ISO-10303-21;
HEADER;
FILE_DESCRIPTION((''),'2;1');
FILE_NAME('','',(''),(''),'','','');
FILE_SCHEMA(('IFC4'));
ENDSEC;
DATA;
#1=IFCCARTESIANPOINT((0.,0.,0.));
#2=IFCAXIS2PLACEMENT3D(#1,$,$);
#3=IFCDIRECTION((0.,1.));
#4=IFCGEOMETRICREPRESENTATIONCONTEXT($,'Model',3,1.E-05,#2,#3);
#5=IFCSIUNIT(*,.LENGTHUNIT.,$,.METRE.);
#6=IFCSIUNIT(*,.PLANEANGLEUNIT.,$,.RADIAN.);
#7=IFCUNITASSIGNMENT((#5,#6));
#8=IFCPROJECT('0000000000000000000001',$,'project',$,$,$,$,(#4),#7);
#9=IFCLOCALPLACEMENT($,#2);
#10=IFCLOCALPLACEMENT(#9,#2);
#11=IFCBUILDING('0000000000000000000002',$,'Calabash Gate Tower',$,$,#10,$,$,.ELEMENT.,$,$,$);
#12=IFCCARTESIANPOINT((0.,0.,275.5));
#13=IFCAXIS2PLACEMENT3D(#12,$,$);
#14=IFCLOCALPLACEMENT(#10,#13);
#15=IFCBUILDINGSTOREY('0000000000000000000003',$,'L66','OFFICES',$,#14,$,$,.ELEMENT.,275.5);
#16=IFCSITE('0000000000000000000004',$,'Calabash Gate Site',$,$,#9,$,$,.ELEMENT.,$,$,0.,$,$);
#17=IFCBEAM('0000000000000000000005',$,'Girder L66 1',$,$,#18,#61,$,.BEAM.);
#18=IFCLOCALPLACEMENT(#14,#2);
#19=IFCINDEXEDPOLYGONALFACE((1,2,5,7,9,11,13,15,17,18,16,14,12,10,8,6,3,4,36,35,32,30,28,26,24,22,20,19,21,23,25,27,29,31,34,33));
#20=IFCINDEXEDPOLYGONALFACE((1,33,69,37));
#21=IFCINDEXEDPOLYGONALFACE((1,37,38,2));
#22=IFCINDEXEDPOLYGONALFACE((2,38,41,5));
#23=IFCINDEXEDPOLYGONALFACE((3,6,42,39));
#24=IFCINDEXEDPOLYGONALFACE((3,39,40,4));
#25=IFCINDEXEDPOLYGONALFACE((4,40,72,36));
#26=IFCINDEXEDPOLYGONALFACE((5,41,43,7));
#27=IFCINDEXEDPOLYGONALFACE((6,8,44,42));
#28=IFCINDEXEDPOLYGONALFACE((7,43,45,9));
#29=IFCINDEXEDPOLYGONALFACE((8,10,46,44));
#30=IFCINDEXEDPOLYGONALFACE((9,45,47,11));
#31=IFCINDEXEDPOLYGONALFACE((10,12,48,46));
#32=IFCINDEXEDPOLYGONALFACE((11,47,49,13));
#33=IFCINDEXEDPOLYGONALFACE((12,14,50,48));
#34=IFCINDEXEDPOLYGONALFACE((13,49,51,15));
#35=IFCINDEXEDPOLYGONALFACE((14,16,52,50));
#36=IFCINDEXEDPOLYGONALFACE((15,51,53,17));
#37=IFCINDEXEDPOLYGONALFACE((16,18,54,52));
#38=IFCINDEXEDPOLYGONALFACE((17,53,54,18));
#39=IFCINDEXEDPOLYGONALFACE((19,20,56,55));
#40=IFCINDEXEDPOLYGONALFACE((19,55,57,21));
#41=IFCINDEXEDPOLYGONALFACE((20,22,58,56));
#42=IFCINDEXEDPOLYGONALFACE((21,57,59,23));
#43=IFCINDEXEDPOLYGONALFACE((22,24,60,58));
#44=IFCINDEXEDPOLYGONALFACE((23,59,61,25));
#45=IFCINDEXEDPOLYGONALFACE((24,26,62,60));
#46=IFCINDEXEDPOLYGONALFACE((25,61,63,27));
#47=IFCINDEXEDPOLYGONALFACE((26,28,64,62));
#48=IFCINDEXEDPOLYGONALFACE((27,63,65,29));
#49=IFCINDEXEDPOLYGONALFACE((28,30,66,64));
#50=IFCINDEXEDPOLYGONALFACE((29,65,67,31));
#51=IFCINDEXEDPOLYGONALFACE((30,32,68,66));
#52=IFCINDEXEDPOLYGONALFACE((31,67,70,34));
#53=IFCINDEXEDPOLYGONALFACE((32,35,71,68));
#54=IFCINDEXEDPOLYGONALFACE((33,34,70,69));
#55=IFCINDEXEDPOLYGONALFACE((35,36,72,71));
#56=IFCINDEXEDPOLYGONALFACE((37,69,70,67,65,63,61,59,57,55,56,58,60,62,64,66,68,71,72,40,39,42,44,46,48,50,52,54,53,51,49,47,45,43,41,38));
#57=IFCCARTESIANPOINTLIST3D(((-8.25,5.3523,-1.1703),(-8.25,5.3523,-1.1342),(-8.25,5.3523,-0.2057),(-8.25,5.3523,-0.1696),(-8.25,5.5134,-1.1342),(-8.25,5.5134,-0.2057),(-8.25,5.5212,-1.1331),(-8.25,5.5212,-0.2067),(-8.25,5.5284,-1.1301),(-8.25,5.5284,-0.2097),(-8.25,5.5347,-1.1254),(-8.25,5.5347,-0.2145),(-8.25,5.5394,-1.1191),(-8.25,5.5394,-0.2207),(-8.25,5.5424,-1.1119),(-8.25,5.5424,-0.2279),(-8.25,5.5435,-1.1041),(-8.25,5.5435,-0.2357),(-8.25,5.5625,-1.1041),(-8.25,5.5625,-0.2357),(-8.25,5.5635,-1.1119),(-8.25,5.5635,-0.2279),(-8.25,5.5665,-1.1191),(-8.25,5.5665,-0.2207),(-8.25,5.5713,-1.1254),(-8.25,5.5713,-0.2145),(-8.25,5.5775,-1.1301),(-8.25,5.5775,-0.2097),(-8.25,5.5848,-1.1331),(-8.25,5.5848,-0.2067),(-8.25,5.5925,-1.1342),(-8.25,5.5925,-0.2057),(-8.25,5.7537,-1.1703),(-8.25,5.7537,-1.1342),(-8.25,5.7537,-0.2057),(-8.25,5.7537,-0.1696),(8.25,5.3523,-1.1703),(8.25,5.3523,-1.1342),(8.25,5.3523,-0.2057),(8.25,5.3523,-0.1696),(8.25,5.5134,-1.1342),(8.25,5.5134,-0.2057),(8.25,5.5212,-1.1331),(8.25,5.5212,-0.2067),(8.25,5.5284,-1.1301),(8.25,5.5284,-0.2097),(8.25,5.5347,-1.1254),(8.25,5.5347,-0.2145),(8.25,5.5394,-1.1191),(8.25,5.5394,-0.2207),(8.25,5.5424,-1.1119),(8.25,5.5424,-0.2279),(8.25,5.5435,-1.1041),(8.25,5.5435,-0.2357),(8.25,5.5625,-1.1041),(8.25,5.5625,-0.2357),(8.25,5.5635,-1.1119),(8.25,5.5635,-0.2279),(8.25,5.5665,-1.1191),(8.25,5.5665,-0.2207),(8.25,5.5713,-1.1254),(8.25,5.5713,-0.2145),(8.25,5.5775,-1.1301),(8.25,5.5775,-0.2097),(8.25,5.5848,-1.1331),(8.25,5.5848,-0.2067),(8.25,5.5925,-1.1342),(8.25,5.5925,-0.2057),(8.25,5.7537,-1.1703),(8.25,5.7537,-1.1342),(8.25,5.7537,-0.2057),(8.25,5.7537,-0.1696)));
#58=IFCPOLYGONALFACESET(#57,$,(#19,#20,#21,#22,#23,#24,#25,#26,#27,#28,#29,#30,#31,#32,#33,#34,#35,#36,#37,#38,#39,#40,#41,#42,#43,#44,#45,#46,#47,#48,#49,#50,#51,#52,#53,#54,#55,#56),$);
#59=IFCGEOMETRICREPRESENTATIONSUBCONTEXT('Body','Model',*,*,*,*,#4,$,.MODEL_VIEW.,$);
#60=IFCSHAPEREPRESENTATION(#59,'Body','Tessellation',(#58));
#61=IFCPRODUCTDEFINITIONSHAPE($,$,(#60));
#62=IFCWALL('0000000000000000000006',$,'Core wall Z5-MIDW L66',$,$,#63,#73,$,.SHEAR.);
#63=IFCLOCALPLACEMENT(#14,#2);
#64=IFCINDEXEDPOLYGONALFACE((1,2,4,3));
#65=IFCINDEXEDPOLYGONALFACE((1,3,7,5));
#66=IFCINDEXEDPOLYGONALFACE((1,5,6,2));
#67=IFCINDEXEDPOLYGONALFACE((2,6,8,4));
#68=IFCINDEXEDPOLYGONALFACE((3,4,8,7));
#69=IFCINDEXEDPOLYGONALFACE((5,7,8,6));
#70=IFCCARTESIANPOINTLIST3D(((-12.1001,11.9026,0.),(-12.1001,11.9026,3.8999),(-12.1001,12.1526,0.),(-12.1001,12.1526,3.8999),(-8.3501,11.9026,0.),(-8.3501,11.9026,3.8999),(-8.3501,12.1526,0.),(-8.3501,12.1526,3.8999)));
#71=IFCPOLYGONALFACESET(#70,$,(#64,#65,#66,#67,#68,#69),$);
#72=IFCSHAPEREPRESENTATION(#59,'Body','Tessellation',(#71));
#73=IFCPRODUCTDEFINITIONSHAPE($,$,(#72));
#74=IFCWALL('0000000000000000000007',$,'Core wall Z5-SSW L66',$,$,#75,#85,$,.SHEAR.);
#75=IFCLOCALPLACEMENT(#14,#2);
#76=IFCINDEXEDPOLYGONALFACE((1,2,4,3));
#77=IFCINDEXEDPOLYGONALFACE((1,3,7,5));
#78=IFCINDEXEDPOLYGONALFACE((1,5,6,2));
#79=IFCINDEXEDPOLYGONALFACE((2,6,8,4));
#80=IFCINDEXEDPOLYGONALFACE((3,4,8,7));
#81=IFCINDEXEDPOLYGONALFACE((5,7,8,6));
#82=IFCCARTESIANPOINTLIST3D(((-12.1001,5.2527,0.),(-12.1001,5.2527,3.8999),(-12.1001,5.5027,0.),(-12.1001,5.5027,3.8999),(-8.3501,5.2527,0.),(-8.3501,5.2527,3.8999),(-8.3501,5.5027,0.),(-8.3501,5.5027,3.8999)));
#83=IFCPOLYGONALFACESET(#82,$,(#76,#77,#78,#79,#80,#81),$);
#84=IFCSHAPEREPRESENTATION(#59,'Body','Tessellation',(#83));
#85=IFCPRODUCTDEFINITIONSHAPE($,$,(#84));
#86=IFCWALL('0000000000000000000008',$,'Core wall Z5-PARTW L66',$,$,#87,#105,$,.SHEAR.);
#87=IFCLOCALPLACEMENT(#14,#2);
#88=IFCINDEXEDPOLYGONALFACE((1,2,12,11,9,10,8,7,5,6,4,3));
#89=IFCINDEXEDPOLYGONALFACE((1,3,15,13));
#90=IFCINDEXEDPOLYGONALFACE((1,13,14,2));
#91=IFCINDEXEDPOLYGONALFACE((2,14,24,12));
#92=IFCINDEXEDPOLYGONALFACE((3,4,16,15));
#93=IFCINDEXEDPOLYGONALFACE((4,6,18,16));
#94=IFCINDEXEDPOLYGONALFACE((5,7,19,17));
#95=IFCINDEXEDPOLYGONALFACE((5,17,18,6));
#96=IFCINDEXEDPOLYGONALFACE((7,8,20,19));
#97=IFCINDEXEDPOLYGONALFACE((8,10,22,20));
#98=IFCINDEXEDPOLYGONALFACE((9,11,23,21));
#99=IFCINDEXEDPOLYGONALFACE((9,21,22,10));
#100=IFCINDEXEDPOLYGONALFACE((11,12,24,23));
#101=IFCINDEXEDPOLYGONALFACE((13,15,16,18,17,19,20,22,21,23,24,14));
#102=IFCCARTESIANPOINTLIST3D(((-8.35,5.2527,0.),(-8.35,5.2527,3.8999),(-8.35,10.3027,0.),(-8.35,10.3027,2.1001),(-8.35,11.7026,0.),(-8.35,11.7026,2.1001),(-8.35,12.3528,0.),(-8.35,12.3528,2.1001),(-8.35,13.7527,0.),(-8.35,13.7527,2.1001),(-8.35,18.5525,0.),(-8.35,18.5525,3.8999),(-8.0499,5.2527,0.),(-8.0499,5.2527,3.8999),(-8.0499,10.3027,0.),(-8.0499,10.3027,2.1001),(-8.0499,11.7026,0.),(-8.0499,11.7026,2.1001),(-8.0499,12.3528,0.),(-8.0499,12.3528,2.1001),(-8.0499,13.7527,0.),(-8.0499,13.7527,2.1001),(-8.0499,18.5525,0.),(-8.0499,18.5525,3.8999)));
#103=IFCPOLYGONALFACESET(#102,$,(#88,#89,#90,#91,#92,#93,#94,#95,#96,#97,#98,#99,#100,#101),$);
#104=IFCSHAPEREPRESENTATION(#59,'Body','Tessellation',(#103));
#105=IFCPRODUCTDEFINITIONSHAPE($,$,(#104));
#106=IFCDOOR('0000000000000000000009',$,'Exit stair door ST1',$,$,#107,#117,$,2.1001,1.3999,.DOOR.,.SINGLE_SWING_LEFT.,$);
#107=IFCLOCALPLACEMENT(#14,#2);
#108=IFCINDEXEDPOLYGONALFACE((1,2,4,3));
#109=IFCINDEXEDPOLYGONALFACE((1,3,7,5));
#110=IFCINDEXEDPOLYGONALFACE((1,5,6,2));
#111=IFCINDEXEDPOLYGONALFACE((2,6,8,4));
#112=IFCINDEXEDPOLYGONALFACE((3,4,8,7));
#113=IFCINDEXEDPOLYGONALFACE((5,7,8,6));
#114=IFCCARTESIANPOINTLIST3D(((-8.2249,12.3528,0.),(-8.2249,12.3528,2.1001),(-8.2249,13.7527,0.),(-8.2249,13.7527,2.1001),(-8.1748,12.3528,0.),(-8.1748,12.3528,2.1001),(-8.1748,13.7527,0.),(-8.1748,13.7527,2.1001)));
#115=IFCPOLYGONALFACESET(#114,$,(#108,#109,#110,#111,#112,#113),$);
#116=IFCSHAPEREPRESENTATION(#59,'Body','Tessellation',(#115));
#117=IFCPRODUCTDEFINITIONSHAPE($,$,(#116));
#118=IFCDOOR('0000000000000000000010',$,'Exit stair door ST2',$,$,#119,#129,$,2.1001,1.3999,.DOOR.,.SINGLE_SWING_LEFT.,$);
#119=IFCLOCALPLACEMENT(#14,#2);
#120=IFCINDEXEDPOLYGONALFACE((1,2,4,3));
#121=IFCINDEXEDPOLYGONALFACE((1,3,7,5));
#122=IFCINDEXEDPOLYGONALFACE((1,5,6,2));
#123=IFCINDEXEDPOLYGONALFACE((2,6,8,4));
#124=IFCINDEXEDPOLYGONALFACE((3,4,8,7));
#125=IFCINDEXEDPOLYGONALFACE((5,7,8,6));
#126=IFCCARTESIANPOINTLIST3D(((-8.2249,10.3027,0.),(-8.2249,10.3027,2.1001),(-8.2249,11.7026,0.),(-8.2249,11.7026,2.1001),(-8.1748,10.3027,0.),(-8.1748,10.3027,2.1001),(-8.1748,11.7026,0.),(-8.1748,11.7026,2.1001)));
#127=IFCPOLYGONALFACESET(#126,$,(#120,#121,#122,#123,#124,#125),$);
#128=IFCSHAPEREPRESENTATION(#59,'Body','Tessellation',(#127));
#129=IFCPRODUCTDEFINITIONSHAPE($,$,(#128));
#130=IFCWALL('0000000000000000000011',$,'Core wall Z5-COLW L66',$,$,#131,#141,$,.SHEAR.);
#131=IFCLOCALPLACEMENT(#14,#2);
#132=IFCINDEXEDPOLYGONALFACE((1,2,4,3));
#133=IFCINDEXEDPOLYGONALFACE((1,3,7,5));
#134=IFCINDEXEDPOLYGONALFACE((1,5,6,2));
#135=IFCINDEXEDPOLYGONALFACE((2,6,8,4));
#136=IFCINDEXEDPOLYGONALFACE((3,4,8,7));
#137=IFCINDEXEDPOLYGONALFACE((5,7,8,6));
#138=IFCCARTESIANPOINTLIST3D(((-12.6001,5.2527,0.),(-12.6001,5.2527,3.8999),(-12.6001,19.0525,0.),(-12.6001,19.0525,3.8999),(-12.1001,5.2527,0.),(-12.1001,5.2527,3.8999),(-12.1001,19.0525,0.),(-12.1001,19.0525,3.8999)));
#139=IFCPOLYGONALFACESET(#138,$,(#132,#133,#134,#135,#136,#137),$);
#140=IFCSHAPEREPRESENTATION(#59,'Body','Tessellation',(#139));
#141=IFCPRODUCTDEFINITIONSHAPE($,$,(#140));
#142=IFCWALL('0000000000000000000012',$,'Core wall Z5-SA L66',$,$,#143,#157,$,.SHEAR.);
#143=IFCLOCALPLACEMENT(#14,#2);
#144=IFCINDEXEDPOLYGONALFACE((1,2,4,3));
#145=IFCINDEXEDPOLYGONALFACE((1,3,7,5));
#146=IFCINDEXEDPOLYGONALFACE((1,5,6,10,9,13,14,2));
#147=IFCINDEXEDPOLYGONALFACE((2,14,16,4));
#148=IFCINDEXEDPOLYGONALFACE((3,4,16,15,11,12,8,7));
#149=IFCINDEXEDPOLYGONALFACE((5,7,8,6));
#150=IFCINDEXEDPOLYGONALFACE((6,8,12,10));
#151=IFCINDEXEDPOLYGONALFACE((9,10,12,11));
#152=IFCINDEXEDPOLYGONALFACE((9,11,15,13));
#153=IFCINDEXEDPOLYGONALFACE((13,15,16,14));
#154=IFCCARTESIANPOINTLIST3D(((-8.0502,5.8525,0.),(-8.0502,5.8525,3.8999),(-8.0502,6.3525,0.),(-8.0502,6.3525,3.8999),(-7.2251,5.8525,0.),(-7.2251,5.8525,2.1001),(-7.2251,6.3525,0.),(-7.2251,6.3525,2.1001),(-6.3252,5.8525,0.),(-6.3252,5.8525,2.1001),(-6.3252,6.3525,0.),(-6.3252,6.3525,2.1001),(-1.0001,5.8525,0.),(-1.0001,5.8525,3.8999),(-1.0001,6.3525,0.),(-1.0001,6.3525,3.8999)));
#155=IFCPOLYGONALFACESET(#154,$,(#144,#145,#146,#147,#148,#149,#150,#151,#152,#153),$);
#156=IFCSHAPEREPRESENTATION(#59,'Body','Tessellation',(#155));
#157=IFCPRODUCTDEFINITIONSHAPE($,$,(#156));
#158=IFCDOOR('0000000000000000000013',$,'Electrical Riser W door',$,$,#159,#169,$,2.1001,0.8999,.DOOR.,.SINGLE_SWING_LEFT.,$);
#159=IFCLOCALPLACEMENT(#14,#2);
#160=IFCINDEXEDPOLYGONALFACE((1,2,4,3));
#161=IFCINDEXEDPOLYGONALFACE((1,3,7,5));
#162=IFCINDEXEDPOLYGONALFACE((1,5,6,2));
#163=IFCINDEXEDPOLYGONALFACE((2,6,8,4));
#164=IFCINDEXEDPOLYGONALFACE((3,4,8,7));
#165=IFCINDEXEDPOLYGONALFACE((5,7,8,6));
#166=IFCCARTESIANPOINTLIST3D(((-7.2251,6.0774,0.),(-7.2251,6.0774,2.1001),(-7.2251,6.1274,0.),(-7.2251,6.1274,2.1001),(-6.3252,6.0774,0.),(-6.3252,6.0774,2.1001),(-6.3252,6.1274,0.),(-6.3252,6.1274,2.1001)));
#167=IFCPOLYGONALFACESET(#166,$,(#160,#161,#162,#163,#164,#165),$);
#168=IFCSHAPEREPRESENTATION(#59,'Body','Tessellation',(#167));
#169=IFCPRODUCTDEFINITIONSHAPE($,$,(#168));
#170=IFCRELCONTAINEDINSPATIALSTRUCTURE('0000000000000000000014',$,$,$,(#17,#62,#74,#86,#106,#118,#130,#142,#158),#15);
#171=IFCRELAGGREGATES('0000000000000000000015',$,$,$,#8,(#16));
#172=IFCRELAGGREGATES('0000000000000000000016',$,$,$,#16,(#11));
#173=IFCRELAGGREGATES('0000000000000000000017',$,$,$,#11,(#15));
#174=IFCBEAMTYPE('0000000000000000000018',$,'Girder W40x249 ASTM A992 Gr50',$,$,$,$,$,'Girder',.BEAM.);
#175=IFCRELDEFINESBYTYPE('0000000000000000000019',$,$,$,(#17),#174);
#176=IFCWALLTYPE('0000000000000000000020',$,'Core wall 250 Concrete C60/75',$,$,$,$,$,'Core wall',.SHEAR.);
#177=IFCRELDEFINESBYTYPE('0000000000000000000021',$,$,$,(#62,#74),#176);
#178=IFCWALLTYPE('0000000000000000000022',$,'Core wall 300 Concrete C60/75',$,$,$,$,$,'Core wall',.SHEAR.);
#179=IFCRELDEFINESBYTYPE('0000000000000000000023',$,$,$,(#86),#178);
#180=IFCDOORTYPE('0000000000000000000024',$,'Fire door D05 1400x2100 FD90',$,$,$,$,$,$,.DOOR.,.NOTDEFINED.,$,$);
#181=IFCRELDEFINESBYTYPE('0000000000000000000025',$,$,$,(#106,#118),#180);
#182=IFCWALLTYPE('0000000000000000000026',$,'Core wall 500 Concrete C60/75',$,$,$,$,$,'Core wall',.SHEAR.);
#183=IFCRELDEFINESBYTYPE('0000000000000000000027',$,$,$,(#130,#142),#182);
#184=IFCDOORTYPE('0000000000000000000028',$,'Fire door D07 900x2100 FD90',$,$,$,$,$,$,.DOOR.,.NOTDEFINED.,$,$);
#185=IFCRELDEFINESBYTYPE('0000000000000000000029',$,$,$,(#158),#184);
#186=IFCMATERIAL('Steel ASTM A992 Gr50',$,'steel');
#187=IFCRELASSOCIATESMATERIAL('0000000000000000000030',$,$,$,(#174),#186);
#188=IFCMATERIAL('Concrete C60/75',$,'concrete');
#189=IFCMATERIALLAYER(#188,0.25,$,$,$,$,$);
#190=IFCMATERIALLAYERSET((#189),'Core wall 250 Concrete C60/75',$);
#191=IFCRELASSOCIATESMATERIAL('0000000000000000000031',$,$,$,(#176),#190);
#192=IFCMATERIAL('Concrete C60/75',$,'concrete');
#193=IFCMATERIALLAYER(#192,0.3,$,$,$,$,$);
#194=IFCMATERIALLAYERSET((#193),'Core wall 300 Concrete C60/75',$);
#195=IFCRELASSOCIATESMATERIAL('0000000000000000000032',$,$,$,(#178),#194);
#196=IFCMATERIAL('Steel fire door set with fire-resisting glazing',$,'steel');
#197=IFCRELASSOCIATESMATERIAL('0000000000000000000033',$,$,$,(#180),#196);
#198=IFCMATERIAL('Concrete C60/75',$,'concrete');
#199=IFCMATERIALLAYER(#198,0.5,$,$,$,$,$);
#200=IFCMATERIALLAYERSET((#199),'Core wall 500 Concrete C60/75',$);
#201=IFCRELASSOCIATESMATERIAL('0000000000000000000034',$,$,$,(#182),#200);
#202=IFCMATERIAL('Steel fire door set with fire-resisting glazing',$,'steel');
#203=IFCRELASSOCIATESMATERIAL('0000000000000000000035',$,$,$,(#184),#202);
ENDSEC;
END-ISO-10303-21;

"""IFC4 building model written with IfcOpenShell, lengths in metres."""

from ifc_helpers import new_model, si_unit, direction, frame, frame_2d, origin, origin_2d, place, context, subcontext, project, spatial, rectangle, i_section, extrude, material, layer, layer_set, material_profile, profile_set, type_object, element, fill, save


model = new_model("IFC4")

# Units and contexts
model_context = context("Model", 3, precision=1e-05, world=origin(), true_north=direction((0.0, 1.0)))
body_context = subcontext(model_context, "Body", "Model", "MODEL_VIEW")
ifc_project = project(units=[si_unit("LENGTHUNIT", "METRE"), si_unit("PLANEANGLEUNIT", "RADIAN")], contexts=[model_context])

# Site, building, storey
site_placement = place(None, origin())
site = spatial("IfcSite", under=ifc_project, at=site_placement, Name="Calabash Gate Site", CompositionType="ELEMENT", RefElevation=0.0)
building_placement = place(site_placement, origin())
building = spatial("IfcBuilding", under=site, at=building_placement, Name="Calabash Gate Tower", CompositionType="ELEMENT")
storey_placement = place(building_placement, frame((0.0, 0.0, 275.5)))
storey = spatial("IfcBuildingStorey", under=building, at=storey_placement, Name="L66", Description="OFFICES", CompositionType="ELEMENT", Elevation=275.5)

# Beam
ifc_material_1 = material(Name="Steel ASTM A992 Gr50", Category="steel")
ifc_material_profile = material_profile(ifc_material_1, i_section(OverallWidth=0.4014, OverallDepth=1.0007, WebThickness=0.019, FlangeThickness=0.0361, FilletRadius=0.03, at=origin_2d()))
ifc_profile_set = profile_set([ifc_material_profile], Name="Steel ASTM A992 Gr50")
beam_type = type_object("IfcBeamType", Name="Girder W40x249 ASTM A992 Gr50", ElementType="Girder", PredefinedType="BEAM", material=ifc_profile_set)
beam_placement = place(storey_placement, frame((-8.25, 5.553, -0.6699), z_axis=(1.0, 0.0, 0.0), x_axis=(0.0, 1.0, 0.0)))
element("IfcBeam", 1, at=beam_placement, inside=storey, type_object=beam_type, Name="Girder L66 1", PredefinedType="BEAM", context=body_context, shape_type="SweptSolid", body=[
    extrude(i_section(OverallWidth=0.4014, OverallDepth=1.0007, WebThickness=0.019, FlangeThickness=0.0361, FilletRadius=0.03, at=origin_2d()), origin(), (0.0, 0.0, 1.0), 16.5),
])

# Walls
ifc_material_2 = material(Name="Concrete C60/75", Category="concrete")
ifc_layer_1 = layer(ifc_material_2, 0.25)
ifc_layer_set_1 = layer_set([ifc_layer_1], Name="Core wall 250 Concrete C60/75")
wall_type_1 = type_object("IfcWallType", Name="Core wall 250 Concrete C60/75", ElementType="Core wall", PredefinedType="SHEAR", material=ifc_layer_set_1)
for number, where, z_axis, x_axis, name in (
    (2, (-12.1001, 12.0276, 0.0), (0.0, 0.0, 1.0), (1.0, 0.0, 0.0), "Core wall Z5-MIDW L66"),
    (3, (-12.1001, 5.3777, 0.0), (0.0, 0.0, 1.0), (1.0, 0.0, 0.0), "Core wall Z5-SSW L66"),
):
    element("IfcWall", number, at=place(storey_placement, frame(where, z_axis=z_axis, x_axis=x_axis)), inside=storey, type_object=wall_type_1, Name=name, PredefinedType="SHEAR", context=body_context, shape_type="SweptSolid", body=[
        extrude(rectangle(XDim=3.75, YDim=0.25, at=frame_2d((1.875, 0.0))), origin(), (0.0, 0.0, 1.0), 3.8999),
    ])

# Wall, openings, doors
ifc_material_3 = material(Name="Concrete C60/75", Category="concrete")
ifc_layer_2 = layer(ifc_material_3, 0.3)
ifc_layer_set_2 = layer_set([ifc_layer_2], Name="Core wall 300 Concrete C60/75")
wall_type_2 = type_object("IfcWallType", Name="Core wall 300 Concrete C60/75", ElementType="Core wall", PredefinedType="SHEAR", material=ifc_layer_set_2)
wall_1_placement = place(storey_placement, frame((-8.2, 5.2527, 0.0), z_axis=(0.0, 0.0, 1.0), x_axis=(0.0, 1.0, 0.0)))
wall_1 = element("IfcWall", 4, at=wall_1_placement, inside=storey, type_object=wall_type_2, Name="Core wall Z5-PARTW L66", PredefinedType="SHEAR", context=body_context, shape_type="SweptSolid", body=[
    extrude(rectangle(XDim=13.2998, YDim=0.3, at=frame_2d((6.6499, 0.0))), origin(), (0.0, 0.0, 1.0), 3.8999),
])
opening_1_placement = place(wall_1_placement, frame((7.1001, 0.0, 0.0)))
opening_1 = element("IfcOpeningElement", 5, at=opening_1_placement, cuts=wall_1, PredefinedType="OPENING", context=body_context, shape_type="SweptSolid", body=[
    extrude(rectangle(XDim=1.3999, YDim=2.1001, at=frame_2d((0.7, 1.05))), frame((0.0, 0.1599, 0.0), z_axis=(0.0, -1.0, 0.0), x_axis=(1.0, 0.0, 0.0)), (0.0, 0.0, 1.0), 0.3201),
])
opening_2_placement = place(wall_1_placement, frame((5.05, 0.0, 0.0)))
opening_2 = element("IfcOpeningElement", 6, at=opening_2_placement, cuts=wall_1, PredefinedType="OPENING", context=body_context, shape_type="SweptSolid", body=[
    extrude(rectangle(XDim=1.3999, YDim=2.1001, at=frame_2d((0.7, 1.05))), frame((0.0, 0.1599, 0.0), z_axis=(0.0, -1.0, 0.0), x_axis=(1.0, 0.0, 0.0)), (0.0, 0.0, 1.0), 0.3201),
])
ifc_material_4 = material(Name="Steel fire door set with fire-resisting glazing", Category="steel")
door_type_1 = type_object("IfcDoorType", Name="Fire door D05 1400x2100 FD90", OperationType="NOTDEFINED", PredefinedType="DOOR", material=ifc_material_4)
door_1_placement = place(opening_1_placement, origin())
door_1 = element("IfcDoor", 7, at=door_1_placement, inside=storey, type_object=door_type_1, Name="Exit stair door ST1", OperationType="SINGLE_SWING_LEFT", OverallHeight=2.1001, OverallWidth=1.3999, PredefinedType="DOOR", context=body_context, shape_type="SweptSolid", body=[
    extrude(rectangle(XDim=1.3999, YDim=2.1001, at=frame_2d((0.7, 1.05))), frame((0.0, 0.0249, 0.0), z_axis=(0.0, -1.0, 0.0), x_axis=(1.0, 0.0, 0.0)), (0.0, 0.0, 1.0), 0.05),
])
fill(opening_1, door_1)
door_2_placement = place(opening_2_placement, origin())
door_2 = element("IfcDoor", 8, at=door_2_placement, inside=storey, type_object=door_type_1, Name="Exit stair door ST2", OperationType="SINGLE_SWING_LEFT", OverallHeight=2.1001, OverallWidth=1.3999, PredefinedType="DOOR", context=body_context, shape_type="SweptSolid", body=[
    extrude(rectangle(XDim=1.3999, YDim=2.1001, at=frame_2d((0.7, 1.05))), frame((0.0, 0.0249, 0.0), z_axis=(0.0, -1.0, 0.0), x_axis=(1.0, 0.0, 0.0)), (0.0, 0.0, 1.0), 0.05),
])
fill(opening_2, door_2)

# Wall
ifc_material_5 = material(Name="Concrete C60/75", Category="concrete")
ifc_layer_3 = layer(ifc_material_5, 0.5)
ifc_layer_set_3 = layer_set([ifc_layer_3], Name="Core wall 500 Concrete C60/75")
wall_type_3 = type_object("IfcWallType", Name="Core wall 500 Concrete C60/75", ElementType="Core wall", PredefinedType="SHEAR", material=ifc_layer_set_3)
wall_2_placement = place(storey_placement, frame((-12.3501, 5.2527, 0.0), z_axis=(0.0, 0.0, 1.0), x_axis=(0.0, 1.0, 0.0)))
element("IfcWall", 9, at=wall_2_placement, inside=storey, type_object=wall_type_3, Name="Core wall Z5-COLW L66", PredefinedType="SHEAR", context=body_context, shape_type="SweptSolid", body=[
    extrude(rectangle(XDim=13.7998, YDim=0.5, at=frame_2d((6.8999, 0.0))), origin(), (0.0, 0.0, 1.0), 3.8999),
])

# Wall, opening, door
wall_3_placement = place(storey_placement, frame((-8.05, 6.1025, 0.0), z_axis=(0.0, 0.0, 1.0), x_axis=(1.0, 0.0, 0.0)))
wall_3 = element("IfcWall", 10, at=wall_3_placement, inside=storey, type_object=wall_type_3, Name="Core wall Z5-SA L66", PredefinedType="SHEAR", context=body_context, shape_type="SweptSolid", body=[
    extrude(rectangle(XDim=7.05, YDim=0.5, at=frame_2d((3.5249, 0.0))), origin(), (0.0, 0.0, 1.0), 3.8999),
])
opening_3_placement = place(wall_3_placement, frame((0.825, 0.0, 0.0)))
opening_3 = element("IfcOpeningElement", 11, at=opening_3_placement, cuts=wall_3, PredefinedType="OPENING", context=body_context, shape_type="SweptSolid", body=[
    extrude(rectangle(XDim=0.8999, YDim=2.1001, at=frame_2d((0.45, 1.05))), frame((0.0, 0.26, 0.0), z_axis=(0.0, -1.0, 0.0), x_axis=(1.0, 0.0, 0.0)), (0.0, 0.0, 1.0), 0.52),
])
ifc_material_6 = material(Name="Steel fire door set with fire-resisting glazing", Category="steel")
door_type_2 = type_object("IfcDoorType", Name="Fire door D07 900x2100 FD90", OperationType="NOTDEFINED", PredefinedType="DOOR", material=ifc_material_6)
door_3_placement = place(opening_3_placement, origin())
door_3 = element("IfcDoor", 12, at=door_3_placement, inside=storey, type_object=door_type_2, Name="Electrical Riser W door", OperationType="SINGLE_SWING_LEFT", OverallHeight=2.1001, OverallWidth=0.8999, PredefinedType="DOOR", context=body_context, shape_type="SweptSolid", body=[
    extrude(rectangle(XDim=0.8999, YDim=2.1001, at=frame_2d((0.45, 1.05))), frame((0.0, 0.0249, 0.0), z_axis=(0.0, -1.0, 0.0), x_axis=(1.0, 0.0, 0.0)), (0.0, 0.0, 1.0), 0.05),
])
fill(opening_3, door_3)

save(model, "model.ifc")
